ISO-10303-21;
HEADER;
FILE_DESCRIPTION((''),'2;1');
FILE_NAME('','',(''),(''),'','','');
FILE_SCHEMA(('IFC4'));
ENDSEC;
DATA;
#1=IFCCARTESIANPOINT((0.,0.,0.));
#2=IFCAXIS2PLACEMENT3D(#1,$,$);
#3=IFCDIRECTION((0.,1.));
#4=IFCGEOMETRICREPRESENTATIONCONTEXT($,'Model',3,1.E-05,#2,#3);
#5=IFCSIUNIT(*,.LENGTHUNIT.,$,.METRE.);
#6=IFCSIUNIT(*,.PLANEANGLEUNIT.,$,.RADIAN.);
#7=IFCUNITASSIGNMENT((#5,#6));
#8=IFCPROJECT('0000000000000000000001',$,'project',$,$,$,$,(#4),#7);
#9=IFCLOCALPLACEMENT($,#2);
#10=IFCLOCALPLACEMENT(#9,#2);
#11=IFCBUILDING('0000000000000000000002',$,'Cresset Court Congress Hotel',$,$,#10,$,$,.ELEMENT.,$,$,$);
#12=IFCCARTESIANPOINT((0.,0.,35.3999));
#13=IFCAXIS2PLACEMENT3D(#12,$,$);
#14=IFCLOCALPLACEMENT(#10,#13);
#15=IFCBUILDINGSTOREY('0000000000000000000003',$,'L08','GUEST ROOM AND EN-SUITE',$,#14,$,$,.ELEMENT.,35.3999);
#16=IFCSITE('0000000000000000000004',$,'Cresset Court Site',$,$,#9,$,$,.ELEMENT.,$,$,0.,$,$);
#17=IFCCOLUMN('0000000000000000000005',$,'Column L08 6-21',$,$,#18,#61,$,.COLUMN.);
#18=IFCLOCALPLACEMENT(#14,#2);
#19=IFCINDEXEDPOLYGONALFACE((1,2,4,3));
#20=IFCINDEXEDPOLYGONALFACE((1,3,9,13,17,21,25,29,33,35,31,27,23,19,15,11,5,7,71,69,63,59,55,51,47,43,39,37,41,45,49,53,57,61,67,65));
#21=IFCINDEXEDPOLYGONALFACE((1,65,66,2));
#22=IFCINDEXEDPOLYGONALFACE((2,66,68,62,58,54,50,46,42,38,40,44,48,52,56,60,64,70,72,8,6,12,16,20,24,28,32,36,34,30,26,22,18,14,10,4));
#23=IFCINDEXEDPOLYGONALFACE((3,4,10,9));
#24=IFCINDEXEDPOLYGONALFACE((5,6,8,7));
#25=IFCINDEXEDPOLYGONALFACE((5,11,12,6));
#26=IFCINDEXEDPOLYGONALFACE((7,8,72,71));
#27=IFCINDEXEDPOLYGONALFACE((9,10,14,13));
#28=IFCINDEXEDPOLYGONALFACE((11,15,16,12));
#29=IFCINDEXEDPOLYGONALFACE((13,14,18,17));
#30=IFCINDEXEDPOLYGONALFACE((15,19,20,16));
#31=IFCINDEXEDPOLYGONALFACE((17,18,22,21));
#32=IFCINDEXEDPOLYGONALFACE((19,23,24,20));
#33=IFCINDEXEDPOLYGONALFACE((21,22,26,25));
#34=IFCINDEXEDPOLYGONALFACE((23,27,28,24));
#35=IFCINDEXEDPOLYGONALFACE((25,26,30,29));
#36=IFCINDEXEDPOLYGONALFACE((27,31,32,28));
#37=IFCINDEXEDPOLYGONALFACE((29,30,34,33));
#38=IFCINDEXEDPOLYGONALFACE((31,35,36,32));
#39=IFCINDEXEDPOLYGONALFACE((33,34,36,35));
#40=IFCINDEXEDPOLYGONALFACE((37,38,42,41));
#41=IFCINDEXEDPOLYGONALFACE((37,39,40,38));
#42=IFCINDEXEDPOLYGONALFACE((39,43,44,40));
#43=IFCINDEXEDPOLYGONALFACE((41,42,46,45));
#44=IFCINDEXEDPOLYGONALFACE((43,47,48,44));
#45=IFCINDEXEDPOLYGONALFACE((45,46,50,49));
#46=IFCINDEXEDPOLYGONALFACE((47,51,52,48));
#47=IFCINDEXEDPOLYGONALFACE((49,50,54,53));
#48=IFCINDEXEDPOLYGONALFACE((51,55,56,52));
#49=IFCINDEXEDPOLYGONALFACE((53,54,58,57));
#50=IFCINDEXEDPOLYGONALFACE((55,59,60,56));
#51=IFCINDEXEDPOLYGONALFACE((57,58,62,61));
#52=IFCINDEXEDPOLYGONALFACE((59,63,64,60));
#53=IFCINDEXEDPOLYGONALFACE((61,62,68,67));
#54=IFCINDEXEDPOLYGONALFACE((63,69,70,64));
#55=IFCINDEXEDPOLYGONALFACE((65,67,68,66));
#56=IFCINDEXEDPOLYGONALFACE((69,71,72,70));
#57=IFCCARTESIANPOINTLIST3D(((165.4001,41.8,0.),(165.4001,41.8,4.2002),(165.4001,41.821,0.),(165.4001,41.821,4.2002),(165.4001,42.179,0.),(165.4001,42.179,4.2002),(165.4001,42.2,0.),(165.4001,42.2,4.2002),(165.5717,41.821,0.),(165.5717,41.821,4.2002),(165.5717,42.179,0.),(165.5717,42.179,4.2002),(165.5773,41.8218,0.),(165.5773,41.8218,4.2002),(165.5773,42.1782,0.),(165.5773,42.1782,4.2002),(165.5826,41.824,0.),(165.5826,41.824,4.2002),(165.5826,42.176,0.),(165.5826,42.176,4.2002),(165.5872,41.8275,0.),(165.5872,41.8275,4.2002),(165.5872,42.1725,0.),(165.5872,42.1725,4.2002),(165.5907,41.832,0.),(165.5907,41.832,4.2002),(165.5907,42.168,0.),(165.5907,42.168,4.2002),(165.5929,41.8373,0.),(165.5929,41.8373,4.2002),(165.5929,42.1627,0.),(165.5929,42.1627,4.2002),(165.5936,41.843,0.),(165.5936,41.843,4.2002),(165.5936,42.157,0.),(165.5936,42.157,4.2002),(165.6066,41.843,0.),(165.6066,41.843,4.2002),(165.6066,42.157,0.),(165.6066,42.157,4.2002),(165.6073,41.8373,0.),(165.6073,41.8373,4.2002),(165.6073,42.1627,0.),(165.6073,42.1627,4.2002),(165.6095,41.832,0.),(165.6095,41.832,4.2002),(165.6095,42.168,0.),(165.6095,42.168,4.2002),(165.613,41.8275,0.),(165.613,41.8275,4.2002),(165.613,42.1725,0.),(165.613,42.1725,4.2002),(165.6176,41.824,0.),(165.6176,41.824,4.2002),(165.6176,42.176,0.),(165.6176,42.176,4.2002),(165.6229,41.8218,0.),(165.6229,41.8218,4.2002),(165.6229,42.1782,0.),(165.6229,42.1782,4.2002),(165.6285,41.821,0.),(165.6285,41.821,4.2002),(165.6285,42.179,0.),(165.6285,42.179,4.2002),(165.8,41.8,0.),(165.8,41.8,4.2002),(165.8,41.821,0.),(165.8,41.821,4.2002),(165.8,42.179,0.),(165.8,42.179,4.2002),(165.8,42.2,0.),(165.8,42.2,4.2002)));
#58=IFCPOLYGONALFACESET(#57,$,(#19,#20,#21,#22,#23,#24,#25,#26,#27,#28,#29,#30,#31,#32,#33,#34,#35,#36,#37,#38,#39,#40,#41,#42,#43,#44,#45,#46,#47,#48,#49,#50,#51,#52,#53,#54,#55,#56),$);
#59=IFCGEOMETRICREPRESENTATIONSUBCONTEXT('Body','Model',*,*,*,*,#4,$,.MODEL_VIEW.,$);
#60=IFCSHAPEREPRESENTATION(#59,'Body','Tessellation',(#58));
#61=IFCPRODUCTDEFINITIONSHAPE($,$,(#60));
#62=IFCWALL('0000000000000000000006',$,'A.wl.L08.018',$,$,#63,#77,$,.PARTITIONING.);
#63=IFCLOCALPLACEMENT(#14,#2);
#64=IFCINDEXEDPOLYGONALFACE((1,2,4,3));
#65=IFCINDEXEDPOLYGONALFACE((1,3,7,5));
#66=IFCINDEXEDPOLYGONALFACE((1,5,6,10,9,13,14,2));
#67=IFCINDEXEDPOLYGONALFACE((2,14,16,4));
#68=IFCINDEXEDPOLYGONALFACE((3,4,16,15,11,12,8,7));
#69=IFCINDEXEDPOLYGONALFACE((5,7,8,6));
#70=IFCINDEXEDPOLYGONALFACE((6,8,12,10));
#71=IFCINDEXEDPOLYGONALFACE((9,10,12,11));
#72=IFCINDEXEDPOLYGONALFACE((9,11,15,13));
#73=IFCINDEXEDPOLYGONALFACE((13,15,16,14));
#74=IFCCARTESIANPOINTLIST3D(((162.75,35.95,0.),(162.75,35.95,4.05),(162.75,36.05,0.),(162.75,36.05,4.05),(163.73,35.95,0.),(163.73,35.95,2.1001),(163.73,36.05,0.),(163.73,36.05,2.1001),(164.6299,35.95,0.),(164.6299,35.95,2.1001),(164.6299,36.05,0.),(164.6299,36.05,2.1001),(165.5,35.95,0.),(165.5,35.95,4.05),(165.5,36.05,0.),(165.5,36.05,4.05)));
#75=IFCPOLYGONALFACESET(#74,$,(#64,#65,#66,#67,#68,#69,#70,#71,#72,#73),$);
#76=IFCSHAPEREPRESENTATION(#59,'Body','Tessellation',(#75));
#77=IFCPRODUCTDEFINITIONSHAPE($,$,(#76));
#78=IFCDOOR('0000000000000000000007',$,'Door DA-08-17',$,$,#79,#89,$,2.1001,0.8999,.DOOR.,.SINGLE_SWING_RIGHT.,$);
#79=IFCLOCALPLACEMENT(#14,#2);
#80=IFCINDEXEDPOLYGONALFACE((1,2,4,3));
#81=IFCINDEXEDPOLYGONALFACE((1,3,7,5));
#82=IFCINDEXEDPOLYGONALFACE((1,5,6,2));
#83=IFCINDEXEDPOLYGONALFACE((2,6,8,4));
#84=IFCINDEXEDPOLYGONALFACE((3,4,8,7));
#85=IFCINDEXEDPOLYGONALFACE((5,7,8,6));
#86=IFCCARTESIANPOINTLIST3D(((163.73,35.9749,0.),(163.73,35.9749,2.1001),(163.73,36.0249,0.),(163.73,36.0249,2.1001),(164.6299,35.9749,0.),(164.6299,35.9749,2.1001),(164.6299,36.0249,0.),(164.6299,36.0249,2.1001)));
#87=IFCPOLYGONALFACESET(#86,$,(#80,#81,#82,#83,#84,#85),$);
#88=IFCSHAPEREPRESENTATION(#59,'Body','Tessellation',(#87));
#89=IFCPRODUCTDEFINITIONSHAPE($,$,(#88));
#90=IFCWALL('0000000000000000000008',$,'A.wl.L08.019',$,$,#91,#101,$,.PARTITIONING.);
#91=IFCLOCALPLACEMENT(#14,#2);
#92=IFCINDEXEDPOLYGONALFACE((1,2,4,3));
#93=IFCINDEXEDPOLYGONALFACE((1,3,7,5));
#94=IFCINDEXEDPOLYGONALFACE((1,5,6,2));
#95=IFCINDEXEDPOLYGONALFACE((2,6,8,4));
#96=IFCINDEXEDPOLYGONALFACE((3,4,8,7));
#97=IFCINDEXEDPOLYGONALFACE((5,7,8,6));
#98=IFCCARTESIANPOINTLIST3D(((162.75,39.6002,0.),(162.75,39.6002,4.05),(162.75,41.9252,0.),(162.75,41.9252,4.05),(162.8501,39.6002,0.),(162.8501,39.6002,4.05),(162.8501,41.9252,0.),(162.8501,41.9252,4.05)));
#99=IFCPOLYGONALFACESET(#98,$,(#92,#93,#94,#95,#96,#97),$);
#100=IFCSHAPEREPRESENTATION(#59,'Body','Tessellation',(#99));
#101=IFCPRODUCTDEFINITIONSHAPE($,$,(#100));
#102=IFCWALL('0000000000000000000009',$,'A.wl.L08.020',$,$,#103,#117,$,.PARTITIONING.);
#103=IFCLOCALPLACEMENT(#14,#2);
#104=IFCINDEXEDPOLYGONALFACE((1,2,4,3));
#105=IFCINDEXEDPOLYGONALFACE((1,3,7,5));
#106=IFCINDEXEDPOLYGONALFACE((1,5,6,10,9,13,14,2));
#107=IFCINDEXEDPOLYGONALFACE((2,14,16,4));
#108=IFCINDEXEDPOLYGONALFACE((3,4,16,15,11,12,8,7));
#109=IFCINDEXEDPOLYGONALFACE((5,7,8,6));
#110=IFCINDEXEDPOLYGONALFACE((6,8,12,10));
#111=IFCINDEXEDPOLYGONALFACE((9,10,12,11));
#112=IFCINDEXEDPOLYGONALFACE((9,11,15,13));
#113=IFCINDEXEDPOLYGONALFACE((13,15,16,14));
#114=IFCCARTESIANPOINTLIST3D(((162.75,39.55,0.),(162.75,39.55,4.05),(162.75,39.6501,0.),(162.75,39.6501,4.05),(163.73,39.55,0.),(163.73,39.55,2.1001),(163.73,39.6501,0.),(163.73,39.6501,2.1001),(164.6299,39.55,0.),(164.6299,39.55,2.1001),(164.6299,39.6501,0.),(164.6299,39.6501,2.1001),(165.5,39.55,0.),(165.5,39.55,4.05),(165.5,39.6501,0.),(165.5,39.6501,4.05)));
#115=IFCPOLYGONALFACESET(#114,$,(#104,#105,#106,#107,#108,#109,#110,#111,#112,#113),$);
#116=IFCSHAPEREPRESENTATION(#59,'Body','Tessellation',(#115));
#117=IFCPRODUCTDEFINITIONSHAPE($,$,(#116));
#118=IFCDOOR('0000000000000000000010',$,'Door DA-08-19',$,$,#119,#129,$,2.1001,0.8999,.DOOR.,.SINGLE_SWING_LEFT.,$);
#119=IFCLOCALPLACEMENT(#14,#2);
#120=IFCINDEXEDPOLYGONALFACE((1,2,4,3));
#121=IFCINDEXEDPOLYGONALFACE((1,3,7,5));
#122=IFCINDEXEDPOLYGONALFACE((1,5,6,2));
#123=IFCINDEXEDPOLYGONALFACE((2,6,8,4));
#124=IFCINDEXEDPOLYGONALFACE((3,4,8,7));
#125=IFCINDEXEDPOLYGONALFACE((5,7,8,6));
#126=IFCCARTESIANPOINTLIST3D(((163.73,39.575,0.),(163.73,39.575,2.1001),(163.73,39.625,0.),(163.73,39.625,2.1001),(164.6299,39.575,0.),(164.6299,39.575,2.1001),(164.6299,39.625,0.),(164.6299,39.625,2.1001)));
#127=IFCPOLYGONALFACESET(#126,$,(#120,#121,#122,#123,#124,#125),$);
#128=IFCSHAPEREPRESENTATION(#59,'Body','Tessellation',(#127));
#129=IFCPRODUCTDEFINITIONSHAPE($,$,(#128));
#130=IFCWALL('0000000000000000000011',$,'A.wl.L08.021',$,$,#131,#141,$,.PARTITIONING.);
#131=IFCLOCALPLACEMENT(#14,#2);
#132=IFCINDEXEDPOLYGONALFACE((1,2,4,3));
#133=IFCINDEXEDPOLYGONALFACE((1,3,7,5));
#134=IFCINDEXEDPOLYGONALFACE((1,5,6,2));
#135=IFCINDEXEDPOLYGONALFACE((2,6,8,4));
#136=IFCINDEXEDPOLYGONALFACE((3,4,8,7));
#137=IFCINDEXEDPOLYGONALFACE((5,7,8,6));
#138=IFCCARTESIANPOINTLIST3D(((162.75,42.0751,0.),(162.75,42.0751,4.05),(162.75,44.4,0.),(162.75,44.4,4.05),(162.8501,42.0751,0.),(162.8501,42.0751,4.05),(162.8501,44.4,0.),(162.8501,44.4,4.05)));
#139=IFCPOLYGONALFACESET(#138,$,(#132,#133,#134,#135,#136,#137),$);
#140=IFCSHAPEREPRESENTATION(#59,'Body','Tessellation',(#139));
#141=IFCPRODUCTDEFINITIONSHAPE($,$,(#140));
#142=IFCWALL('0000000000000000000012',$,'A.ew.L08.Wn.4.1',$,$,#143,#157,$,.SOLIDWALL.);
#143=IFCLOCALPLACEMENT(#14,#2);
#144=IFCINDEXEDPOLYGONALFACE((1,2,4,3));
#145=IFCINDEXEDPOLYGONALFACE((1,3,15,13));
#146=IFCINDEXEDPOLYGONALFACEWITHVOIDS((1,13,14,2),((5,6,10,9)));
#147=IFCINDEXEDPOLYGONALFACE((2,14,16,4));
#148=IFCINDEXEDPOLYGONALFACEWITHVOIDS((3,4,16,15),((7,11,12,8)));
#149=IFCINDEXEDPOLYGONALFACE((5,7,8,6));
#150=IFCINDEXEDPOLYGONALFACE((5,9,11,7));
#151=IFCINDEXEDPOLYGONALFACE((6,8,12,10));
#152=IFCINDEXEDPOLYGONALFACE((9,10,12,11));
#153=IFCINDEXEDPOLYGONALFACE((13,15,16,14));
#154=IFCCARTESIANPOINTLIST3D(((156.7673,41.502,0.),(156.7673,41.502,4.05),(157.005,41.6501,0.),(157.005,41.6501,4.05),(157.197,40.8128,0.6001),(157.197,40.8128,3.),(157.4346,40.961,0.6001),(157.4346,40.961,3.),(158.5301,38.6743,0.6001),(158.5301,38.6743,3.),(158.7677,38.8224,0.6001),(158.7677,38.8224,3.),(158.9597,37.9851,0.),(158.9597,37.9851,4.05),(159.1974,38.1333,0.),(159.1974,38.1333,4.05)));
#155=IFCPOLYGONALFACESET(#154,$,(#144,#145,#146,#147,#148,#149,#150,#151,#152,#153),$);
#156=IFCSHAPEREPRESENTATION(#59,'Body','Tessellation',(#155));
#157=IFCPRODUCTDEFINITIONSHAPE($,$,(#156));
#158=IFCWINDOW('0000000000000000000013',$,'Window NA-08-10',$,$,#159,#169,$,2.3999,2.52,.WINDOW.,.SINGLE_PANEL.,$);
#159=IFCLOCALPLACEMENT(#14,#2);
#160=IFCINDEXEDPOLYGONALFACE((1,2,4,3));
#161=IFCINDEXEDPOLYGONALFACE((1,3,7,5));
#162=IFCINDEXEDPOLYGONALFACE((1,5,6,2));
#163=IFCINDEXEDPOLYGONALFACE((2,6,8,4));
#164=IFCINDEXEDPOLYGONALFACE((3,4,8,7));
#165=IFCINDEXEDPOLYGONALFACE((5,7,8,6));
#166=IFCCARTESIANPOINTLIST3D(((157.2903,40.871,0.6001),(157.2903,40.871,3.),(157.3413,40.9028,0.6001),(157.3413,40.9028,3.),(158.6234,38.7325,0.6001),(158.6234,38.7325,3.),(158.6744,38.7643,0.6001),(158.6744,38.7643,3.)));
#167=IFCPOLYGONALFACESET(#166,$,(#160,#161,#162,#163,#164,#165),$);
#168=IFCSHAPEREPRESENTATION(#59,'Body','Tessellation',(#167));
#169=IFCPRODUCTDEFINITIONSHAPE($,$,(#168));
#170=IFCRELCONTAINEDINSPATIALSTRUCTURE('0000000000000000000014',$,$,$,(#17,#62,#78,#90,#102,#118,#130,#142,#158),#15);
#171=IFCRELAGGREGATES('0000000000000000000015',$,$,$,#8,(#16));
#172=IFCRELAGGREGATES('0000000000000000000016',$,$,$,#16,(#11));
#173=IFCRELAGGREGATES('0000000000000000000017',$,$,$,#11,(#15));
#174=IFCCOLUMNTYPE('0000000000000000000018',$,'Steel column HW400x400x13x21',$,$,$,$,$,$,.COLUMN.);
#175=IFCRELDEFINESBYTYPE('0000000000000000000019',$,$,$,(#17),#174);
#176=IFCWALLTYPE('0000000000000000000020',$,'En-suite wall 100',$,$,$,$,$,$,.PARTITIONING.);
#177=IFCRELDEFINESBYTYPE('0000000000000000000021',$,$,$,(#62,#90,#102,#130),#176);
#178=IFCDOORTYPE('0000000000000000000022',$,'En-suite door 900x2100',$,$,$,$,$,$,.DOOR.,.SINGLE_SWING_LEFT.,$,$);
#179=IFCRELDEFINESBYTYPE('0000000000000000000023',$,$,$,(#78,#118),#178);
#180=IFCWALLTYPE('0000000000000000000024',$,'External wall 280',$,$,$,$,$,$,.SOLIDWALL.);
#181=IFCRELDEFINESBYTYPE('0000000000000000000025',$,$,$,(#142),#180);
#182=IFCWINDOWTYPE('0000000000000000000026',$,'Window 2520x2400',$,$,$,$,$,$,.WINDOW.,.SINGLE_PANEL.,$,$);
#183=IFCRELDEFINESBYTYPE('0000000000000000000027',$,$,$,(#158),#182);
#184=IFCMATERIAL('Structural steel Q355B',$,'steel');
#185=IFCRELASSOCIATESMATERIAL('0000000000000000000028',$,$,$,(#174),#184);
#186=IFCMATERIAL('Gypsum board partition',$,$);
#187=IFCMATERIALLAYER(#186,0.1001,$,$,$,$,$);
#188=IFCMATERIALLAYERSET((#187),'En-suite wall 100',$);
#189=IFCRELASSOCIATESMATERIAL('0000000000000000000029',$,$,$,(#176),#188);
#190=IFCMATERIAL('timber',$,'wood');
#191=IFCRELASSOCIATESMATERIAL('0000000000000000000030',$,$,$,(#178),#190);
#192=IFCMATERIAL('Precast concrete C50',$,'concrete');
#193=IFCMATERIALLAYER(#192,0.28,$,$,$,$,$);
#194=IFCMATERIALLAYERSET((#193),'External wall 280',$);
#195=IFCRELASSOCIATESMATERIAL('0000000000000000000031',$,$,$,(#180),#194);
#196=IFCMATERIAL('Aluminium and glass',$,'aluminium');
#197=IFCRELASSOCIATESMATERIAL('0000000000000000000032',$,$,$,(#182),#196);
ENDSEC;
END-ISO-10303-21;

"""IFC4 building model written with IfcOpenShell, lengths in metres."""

from ifc_helpers import new_model, si_unit, direction, frame, frame_2d, origin, origin_2d, place, context, subcontext, project, spatial, rectangle, i_section, extrude, material, layer, layer_set, material_profile, profile_set, type_object, element, fill, save


model = new_model("IFC4")

# Units and contexts
model_context = context("Model", 3, precision=1e-05, world=origin(), true_north=direction((0.0, 1.0)))
body_context = subcontext(model_context, "Body", "Model", "MODEL_VIEW")
ifc_project = project(units=[si_unit("LENGTHUNIT", "METRE"), si_unit("PLANEANGLEUNIT", "RADIAN")], contexts=[model_context])

# Site, building, storey
site_placement = place(None, origin())
site = spatial("IfcSite", under=ifc_project, at=site_placement, Name="Cresset Court Site", CompositionType="ELEMENT", RefElevation=0.0)
building_placement = place(site_placement, origin())
building = spatial("IfcBuilding", under=site, at=building_placement, Name="Cresset Court Congress Hotel", CompositionType="ELEMENT")
storey_placement = place(building_placement, frame((0.0, 0.0, 35.3999)))
storey = spatial("IfcBuildingStorey", under=building, at=storey_placement, Name="L08", Description="GUEST ROOM AND EN-SUITE", CompositionType="ELEMENT", Elevation=35.3999)

# Column
ifc_material_1 = material(Name="Structural steel Q355B", Category="steel")
ifc_material_profile = material_profile(ifc_material_1, i_section(OverallWidth=0.3999, OverallDepth=0.3999, WebThickness=0.0129, FlangeThickness=0.021, FilletRadius=0.022, at=origin_2d()), Name="HW400x400x13x21")
ifc_profile_set = profile_set([ifc_material_profile], Name="Structural steel Q355B")
column_type = type_object("IfcColumnType", Name="Steel column HW400x400x13x21", PredefinedType="COLUMN", material=ifc_profile_set)
column_placement = place(storey_placement, frame((165.6001, 42.0, 0.0), z_axis=(0.0, 0.0, 1.0), x_axis=(1.0, 0.0, 0.0)))
element("IfcColumn", 1, at=column_placement, inside=storey, type_object=column_type, Name="Column L08 6-21", PredefinedType="COLUMN", context=body_context, shape_type="SweptSolid", body=[
    extrude(i_section(OverallWidth=0.3999, OverallDepth=0.3999, WebThickness=0.0129, FlangeThickness=0.021, FilletRadius=0.022, at=origin_2d()), origin(), (0.0, 0.0, 1.0), 4.2002),
])

# Wall, opening, door
ifc_material_2 = material(Name="Gypsum board partition")
ifc_layer_1 = layer(ifc_material_2, 0.1001)
ifc_layer_set_1 = layer_set([ifc_layer_1], Name="En-suite wall 100")
wall_type_1 = type_object("IfcWallType", Name="En-suite wall 100", PredefinedType="PARTITIONING", material=ifc_layer_set_1)
wall_1_placement = place(storey_placement, frame((162.75, 36.0, 0.0), z_axis=(0.0, 0.0, 1.0), x_axis=(1.0, 0.0, 0.0)))
wall_1 = element("IfcWall", 2, at=wall_1_placement, inside=storey, type_object=wall_type_1, Name="A.wl.L08.018", PredefinedType="PARTITIONING", context=body_context, shape_type="SweptSolid", body=[
    extrude(rectangle(XDim=2.75, YDim=0.1001, at=frame_2d((1.375, 0.0))), origin(), (0.0, 0.0, 1.0), 4.05),
])
opening_1_placement = place(wall_1_placement, frame((0.98, 0.0, 0.0)))
opening_1 = element("IfcOpeningElement", 3, at=opening_1_placement, cuts=wall_1, PredefinedType="OPENING", context=body_context, shape_type="SweptSolid", body=[
    extrude(rectangle(XDim=0.8999, YDim=2.1001, at=frame_2d((0.45, 1.05))), frame((0.0, 0.0601, 0.0), z_axis=(0.0, -1.0, 0.0), x_axis=(1.0, 0.0, 0.0)), (0.0, 0.0, 1.0), 0.1201),
])
ifc_material_3 = material(Name="timber", Category="wood")
door_type = type_object("IfcDoorType", Name="En-suite door 900x2100", OperationType="SINGLE_SWING_LEFT", PredefinedType="DOOR", material=ifc_material_3)
door_1_placement = place(opening_1_placement, origin())
door_1 = element("IfcDoor", 4, at=door_1_placement, inside=storey, type_object=door_type, Name="Door DA-08-17", OperationType="SINGLE_SWING_RIGHT", OverallHeight=2.1001, OverallWidth=0.8999, PredefinedType="DOOR", context=body_context, shape_type="SweptSolid", body=[
    extrude(rectangle(XDim=0.8999, YDim=2.1001, at=frame_2d((0.45, 1.05))), frame((0.0, 0.0249, 0.0), z_axis=(0.0, -1.0, 0.0), x_axis=(1.0, 0.0, 0.0)), (0.0, 0.0, 1.0), 0.05),
])
fill(opening_1, door_1)

# Wall
wall_2_placement = place(storey_placement, frame((162.8, 39.6001, 0.0), z_axis=(0.0, 0.0, 1.0), x_axis=(0.0, 1.0, 0.0)))
element("IfcWall", 5, at=wall_2_placement, inside=storey, type_object=wall_type_1, Name="A.wl.L08.019", PredefinedType="PARTITIONING", context=body_context, shape_type="SweptSolid", body=[
    extrude(rectangle(XDim=2.325, YDim=0.1001, at=frame_2d((1.1626, 0.0))), origin(), (0.0, 0.0, 1.0), 4.05),
])

# Wall, opening, door
wall_3_placement = place(storey_placement, frame((162.75, 39.6001, 0.0), z_axis=(0.0, 0.0, 1.0), x_axis=(1.0, 0.0, 0.0)))
wall_3 = element("IfcWall", 6, at=wall_3_placement, inside=storey, type_object=wall_type_1, Name="A.wl.L08.020", PredefinedType="PARTITIONING", context=body_context, shape_type="SweptSolid", body=[
    extrude(rectangle(XDim=2.75, YDim=0.1001, at=frame_2d((1.375, 0.0))), origin(), (0.0, 0.0, 1.0), 4.05),
])
opening_2_placement = place(wall_3_placement, frame((0.98, 0.0, 0.0)))
opening_2 = element("IfcOpeningElement", 7, at=opening_2_placement, cuts=wall_3, PredefinedType="OPENING", context=body_context, shape_type="SweptSolid", body=[
    extrude(rectangle(XDim=0.8999, YDim=2.1001, at=frame_2d((0.45, 1.05))), frame((0.0, 0.0601, 0.0), z_axis=(0.0, -1.0, 0.0), x_axis=(1.0, 0.0, 0.0)), (0.0, 0.0, 1.0), 0.1201),
])
door_2_placement = place(opening_2_placement, origin())
door_2 = element("IfcDoor", 8, at=door_2_placement, inside=storey, type_object=door_type, Name="Door DA-08-19", OperationType="SINGLE_SWING_LEFT", OverallHeight=2.1001, OverallWidth=0.8999, PredefinedType="DOOR", context=body_context, shape_type="SweptSolid", body=[
    extrude(rectangle(XDim=0.8999, YDim=2.1001, at=frame_2d((0.45, 1.05))), frame((0.0, 0.0249, 0.0), z_axis=(0.0, -1.0, 0.0), x_axis=(1.0, 0.0, 0.0)), (0.0, 0.0, 1.0), 0.05),
])
fill(opening_2, door_2)

# Wall
wall_4_placement = place(storey_placement, frame((162.8, 42.075, 0.0), z_axis=(0.0, 0.0, 1.0), x_axis=(0.0, 1.0, 0.0)))
element("IfcWall", 9, at=wall_4_placement, inside=storey, type_object=wall_type_1, Name="A.wl.L08.021", PredefinedType="PARTITIONING", context=body_context, shape_type="SweptSolid", body=[
    extrude(rectangle(XDim=2.325, YDim=0.1001, at=frame_2d((1.1626, 0.0))), origin(), (0.0, 0.0, 1.0), 4.05),
])

# Wall, opening, window
ifc_material_4 = material(Name="Precast concrete C50", Category="concrete")
ifc_layer_2 = layer(ifc_material_4, 0.28)
ifc_layer_set_2 = layer_set([ifc_layer_2], Name="External wall 280")
wall_type_2 = type_object("IfcWallType", Name="External wall 280", PredefinedType="SOLIDWALL", material=ifc_layer_set_2)
wall_5_placement = place(storey_placement, frame((159.0786, 38.0591, 0.0), z_axis=(0.0, 0.0, 1.0), x_axis=(-0.529019, 0.84861, 0.0)))
wall_5 = element("IfcWall", 10, at=wall_5_placement, inside=storey, type_object=wall_type_2, Name="A.ew.L08.Wn.4.1", PredefinedType="SOLIDWALL", context=body_context, shape_type="SweptSolid", body=[
    extrude(rectangle(XDim=4.1443, YDim=0.28, at=frame_2d((2.0723, 0.0))), origin(), (0.0, 0.0, 1.0), 4.05),
])
opening_3_placement = place(wall_5_placement, frame((0.8123, 0.0, 0.6001)))
opening_3 = element("IfcOpeningElement", 11, at=opening_3_placement, cuts=wall_5, PredefinedType="OPENING", context=body_context, shape_type="SweptSolid", body=[
    extrude(rectangle(XDim=2.52, YDim=2.3999, at=frame_2d((1.26, 1.2))), frame((0.0, 0.1499, 0.0), z_axis=(0.0, -1.0, 0.0), x_axis=(1.0, 0.0, 0.0)), (0.0, 0.0, 1.0), 0.3),
])
ifc_material_5 = material(Name="Aluminium and glass", Category="aluminium")
window_type = type_object("IfcWindowType", Name="Window 2520x2400", PartitioningType="SINGLE_PANEL", PredefinedType="WINDOW", material=ifc_material_5)
window_placement = place(opening_3_placement, origin())
window = element("IfcWindow", 12, at=window_placement, inside=storey, type_object=window_type, Name="Window NA-08-10", OverallHeight=2.3999, OverallWidth=2.52, PartitioningType="SINGLE_PANEL", PredefinedType="WINDOW", context=body_context, shape_type="SweptSolid", body=[
    extrude(rectangle(XDim=2.52, YDim=2.3999, at=frame_2d((1.26, 1.2))), frame((0.0, 0.03, 0.0), z_axis=(0.0, -1.0, 0.0), x_axis=(1.0, 0.0, 0.0)), (0.0, 0.0, 1.0), 0.0601),
])
fill(opening_3, window)

save(model, "model.ifc")
